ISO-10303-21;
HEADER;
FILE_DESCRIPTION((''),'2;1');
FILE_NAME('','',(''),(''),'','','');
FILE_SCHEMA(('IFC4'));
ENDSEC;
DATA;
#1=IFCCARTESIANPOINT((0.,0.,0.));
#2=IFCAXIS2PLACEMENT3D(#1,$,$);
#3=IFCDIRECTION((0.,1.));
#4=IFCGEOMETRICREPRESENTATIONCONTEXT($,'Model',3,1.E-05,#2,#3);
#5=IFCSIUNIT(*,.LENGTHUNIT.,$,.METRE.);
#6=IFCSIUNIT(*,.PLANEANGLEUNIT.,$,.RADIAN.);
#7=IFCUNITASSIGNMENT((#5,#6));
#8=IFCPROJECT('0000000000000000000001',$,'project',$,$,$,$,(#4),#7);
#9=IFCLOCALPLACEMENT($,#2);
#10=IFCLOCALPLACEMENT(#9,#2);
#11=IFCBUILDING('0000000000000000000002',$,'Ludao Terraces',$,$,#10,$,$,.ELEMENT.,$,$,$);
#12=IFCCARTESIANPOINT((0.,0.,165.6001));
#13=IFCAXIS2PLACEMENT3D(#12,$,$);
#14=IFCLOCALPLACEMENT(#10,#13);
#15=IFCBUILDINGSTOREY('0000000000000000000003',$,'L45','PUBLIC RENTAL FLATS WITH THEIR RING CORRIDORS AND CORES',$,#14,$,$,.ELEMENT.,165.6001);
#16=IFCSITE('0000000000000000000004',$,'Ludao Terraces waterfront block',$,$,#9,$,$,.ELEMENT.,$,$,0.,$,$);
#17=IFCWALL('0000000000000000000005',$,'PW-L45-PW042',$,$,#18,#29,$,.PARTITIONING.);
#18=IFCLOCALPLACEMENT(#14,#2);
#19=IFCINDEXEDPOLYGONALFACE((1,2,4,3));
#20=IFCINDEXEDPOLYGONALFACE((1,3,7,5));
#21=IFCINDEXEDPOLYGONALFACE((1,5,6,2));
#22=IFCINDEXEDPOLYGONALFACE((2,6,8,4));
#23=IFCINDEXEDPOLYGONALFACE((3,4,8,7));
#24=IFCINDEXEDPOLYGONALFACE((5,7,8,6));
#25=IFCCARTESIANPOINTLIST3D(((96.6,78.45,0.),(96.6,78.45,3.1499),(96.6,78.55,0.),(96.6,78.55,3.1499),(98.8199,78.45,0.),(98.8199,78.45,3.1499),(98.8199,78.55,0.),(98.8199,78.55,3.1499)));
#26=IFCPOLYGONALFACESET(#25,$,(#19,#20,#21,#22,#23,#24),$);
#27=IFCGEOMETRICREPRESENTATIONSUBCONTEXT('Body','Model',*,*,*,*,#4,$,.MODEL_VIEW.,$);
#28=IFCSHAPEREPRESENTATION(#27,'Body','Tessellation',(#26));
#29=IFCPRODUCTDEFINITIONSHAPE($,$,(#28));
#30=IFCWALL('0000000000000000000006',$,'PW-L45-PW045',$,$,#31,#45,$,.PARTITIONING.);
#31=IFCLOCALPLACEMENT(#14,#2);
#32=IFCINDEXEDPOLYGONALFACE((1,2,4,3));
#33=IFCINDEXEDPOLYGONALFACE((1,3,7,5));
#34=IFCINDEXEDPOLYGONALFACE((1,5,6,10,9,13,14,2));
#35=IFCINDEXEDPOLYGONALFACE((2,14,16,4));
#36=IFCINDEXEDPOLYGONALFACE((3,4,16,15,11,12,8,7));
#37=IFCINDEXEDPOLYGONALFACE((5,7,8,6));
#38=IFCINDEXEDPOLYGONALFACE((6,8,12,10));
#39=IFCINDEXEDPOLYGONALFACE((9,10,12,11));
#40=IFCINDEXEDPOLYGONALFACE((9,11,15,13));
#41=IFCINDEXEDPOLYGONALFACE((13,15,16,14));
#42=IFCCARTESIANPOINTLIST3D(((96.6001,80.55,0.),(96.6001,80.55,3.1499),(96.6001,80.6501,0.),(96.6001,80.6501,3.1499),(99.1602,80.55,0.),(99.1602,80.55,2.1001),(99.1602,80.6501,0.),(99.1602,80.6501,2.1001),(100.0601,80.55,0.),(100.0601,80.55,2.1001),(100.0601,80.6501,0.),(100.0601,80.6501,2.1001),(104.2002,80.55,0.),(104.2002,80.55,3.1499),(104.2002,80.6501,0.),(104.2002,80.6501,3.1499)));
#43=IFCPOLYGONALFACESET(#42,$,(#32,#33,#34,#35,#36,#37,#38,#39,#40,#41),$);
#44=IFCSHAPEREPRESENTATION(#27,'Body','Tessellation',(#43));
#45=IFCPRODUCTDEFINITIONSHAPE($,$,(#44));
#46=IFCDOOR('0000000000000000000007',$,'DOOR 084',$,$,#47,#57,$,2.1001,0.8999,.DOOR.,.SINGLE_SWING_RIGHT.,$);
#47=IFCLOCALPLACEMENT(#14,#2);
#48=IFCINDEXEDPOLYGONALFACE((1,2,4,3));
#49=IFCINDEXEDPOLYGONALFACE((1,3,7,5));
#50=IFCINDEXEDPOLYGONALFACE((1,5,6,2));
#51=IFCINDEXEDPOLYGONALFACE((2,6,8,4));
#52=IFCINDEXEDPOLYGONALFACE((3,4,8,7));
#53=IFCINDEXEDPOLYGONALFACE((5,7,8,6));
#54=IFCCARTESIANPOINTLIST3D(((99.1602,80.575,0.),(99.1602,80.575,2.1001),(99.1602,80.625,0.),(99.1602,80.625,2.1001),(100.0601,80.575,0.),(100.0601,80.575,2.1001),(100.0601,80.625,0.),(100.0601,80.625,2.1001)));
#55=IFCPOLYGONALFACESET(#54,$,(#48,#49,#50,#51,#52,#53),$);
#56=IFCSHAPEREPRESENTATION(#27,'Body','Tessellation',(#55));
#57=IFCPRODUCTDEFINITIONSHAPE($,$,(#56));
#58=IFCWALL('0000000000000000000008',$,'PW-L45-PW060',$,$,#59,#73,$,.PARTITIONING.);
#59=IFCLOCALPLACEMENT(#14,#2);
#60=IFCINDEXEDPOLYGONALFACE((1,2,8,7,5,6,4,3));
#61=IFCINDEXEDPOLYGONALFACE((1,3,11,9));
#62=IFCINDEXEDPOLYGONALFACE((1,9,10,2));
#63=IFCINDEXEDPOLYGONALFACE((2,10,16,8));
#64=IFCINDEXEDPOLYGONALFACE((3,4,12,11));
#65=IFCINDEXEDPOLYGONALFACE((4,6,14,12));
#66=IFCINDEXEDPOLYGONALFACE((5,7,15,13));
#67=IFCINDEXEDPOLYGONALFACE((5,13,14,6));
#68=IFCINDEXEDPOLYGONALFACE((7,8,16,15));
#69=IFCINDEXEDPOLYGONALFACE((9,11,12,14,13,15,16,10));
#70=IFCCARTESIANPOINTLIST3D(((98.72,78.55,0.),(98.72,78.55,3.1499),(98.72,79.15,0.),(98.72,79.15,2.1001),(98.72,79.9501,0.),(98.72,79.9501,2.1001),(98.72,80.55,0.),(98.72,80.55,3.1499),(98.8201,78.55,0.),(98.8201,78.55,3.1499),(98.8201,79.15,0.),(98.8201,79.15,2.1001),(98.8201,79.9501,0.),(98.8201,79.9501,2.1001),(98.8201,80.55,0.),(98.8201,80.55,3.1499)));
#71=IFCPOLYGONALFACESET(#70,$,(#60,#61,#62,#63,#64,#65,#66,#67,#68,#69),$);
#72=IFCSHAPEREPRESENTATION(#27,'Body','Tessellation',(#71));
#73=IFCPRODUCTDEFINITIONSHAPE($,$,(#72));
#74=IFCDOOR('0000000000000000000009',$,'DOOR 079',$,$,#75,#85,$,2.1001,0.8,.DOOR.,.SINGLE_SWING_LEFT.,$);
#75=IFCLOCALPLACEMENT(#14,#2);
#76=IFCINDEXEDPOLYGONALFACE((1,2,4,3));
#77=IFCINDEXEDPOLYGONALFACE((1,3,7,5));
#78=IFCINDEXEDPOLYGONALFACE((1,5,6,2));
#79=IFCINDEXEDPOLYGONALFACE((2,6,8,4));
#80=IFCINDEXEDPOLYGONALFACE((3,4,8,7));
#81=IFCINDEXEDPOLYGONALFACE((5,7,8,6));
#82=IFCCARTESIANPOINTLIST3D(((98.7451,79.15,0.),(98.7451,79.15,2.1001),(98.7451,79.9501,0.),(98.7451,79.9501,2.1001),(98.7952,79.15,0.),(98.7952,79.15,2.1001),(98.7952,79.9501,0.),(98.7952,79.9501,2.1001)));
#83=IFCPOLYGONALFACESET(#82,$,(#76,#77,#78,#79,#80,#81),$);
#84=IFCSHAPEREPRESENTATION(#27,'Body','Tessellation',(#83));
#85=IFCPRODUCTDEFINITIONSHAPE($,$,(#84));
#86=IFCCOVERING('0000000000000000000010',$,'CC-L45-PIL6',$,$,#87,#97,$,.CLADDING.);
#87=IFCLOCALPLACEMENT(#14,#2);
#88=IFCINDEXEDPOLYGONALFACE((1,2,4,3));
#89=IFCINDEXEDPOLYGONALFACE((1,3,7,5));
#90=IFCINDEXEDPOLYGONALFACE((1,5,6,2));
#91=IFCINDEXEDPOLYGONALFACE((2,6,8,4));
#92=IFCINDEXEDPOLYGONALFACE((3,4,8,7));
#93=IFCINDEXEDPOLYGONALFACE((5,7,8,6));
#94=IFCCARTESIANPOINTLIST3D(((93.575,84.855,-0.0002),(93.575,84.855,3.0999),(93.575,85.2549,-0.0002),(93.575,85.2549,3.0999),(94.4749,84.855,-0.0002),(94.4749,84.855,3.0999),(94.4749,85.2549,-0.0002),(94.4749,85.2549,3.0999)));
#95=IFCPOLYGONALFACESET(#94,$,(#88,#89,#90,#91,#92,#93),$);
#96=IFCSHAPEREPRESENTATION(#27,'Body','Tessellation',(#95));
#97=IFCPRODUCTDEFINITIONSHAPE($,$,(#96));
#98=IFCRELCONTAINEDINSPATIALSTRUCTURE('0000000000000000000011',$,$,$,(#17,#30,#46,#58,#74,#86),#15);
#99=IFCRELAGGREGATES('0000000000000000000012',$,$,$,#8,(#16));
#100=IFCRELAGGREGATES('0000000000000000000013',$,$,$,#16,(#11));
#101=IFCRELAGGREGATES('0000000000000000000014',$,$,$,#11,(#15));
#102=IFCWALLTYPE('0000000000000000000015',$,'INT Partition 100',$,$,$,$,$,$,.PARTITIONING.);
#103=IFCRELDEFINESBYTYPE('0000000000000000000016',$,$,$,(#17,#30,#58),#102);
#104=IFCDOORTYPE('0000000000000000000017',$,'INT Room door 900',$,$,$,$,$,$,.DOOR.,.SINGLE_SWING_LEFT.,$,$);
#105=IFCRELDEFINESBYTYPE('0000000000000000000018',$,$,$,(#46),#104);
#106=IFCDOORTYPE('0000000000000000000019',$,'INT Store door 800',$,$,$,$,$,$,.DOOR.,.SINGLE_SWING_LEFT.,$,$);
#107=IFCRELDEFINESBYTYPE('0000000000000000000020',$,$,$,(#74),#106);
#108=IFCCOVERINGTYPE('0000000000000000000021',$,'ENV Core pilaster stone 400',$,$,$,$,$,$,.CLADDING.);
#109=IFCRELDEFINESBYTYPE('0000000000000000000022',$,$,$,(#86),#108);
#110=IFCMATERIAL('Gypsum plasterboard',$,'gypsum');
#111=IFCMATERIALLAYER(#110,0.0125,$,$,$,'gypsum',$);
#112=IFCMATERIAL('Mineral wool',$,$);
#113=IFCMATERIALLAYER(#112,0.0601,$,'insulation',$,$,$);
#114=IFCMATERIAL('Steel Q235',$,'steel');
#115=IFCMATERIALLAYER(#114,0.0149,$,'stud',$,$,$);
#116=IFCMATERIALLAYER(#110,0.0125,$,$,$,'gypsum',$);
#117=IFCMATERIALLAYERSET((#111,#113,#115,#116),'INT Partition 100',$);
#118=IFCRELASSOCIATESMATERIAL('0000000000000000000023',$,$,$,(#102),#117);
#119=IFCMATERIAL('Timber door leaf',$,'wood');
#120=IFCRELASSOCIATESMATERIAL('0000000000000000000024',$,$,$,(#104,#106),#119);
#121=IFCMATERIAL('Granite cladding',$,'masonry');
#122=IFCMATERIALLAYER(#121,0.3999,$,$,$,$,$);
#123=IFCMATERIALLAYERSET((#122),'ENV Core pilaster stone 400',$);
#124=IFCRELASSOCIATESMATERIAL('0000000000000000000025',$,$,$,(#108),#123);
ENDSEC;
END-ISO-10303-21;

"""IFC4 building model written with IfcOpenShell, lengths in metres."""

from ifc_helpers import new_model, si_unit, direction, frame, frame_2d, origin, origin_2d, place, context, subcontext, project, spatial, rectangle, extrude, material, layer, layer_set, type_object, element, fill, save


model = new_model("IFC4")

# Units and contexts
model_context = context("Model", 3, precision=1e-05, world=origin(), true_north=direction((0.0, 1.0)))
body_context = subcontext(model_context, "Body", "Model", "MODEL_VIEW")
ifc_project = project(units=[si_unit("LENGTHUNIT", "METRE"), si_unit("PLANEANGLEUNIT", "RADIAN")], contexts=[model_context])

# Site, building, storey
site_placement = place(None, origin())
site = spatial("IfcSite", under=ifc_project, at=site_placement, Name="Ludao Terraces waterfront block", CompositionType="ELEMENT", RefElevation=0.0)
building_placement = place(site_placement, origin())
building = spatial("IfcBuilding", under=site, at=building_placement, Name="Ludao Terraces", CompositionType="ELEMENT")
storey_placement = place(building_placement, frame((0.0, 0.0, 165.6001)))
storey = spatial("IfcBuildingStorey", under=building, at=storey_placement, Name="L45", Description="PUBLIC RENTAL FLATS WITH THEIR RING CORRIDORS AND CORES", CompositionType="ELEMENT", Elevation=165.6001)

# Shared definitions
ifc_material_1 = material(Name="Steel Q235", Category="steel")

# Shared definitions
ifc_material_2 = material(Name="Granite cladding", Category="masonry")
ifc_material_3 = material(Name="Mineral wool")

# Wall
ifc_material_4 = material(Name="Gypsum plasterboard", Category="gypsum")
ifc_layer_1 = layer(ifc_material_4, 0.0125, Category="gypsum")
ifc_layer_2 = layer(ifc_material_3, 0.0601, Name="insulation")
ifc_layer_3 = layer(ifc_material_1, 0.0149, Name="stud")
ifc_layer_4 = layer(ifc_material_4, 0.0125, Category="gypsum")
ifc_layer_set_1 = layer_set([ifc_layer_1, ifc_layer_2, ifc_layer_3, ifc_layer_4], Name="INT Partition 100")
wall_type_1 = type_object("IfcWallType", Name="INT Partition 100", PredefinedType="PARTITIONING", material=ifc_layer_set_1)
for number, where, z_axis, x_axis, name in (
    (1, (96.6001, 78.5, 0.0), (0.0, 0.0, 1.0), (1.0, 0.0, 0.0), "PW-L45-PW042"),
):
    element("IfcWall", number, at=place(storey_placement, frame(where, z_axis=z_axis, x_axis=x_axis)), inside=storey, type_object=wall_type_1, Name=name, PredefinedType="PARTITIONING", context=body_context, shape_type="SweptSolid", body=[
        extrude(rectangle(XDim=2.22, YDim=0.1001, at=frame_2d((1.1099, 0.0))), origin(), (0.0, 0.0, 1.0), 3.1499),
    ])

# Walls, openings, doors
wall_1_placement = place(storey_placement, frame((96.6001, 80.6001, 0.0), z_axis=(0.0, 0.0, 1.0), x_axis=(1.0, 0.0, 0.0)))
wall_1 = element("IfcWall", 2, at=wall_1_placement, inside=storey, type_object=wall_type_1, Name="PW-L45-PW045", PredefinedType="PARTITIONING", context=body_context, shape_type="SweptSolid", body=[
    extrude(rectangle(XDim=7.6001, YDim=0.1001, at=frame_2d((3.8, 0.0))), origin(), (0.0, 0.0, 1.0), 3.1499),
])
opening_1_placement = place(wall_1_placement, frame((2.5601, 0.0, 0.0)))
opening_1 = element("IfcOpeningElement", 3, at=opening_1_placement, cuts=wall_1, PredefinedType="OPENING", context=body_context, shape_type="SweptSolid", body=[
    extrude(rectangle(XDim=0.8999, YDim=2.1001, at=frame_2d((0.45, 1.05))), frame((0.0, 0.0601, 0.0), z_axis=(0.0, -1.0, 0.0), x_axis=(1.0, 0.0, 0.0)), (0.0, 0.0, 1.0), 0.1201),
])
ifc_material_5 = material(Name="Timber door leaf", Category="wood")
door_type_1 = type_object("IfcDoorType", Name="INT Room door 900", OperationType="SINGLE_SWING_LEFT", PredefinedType="DOOR", material=ifc_material_5)
door_1_placement = place(opening_1_placement, origin())
door_1 = element("IfcDoor", 4, at=door_1_placement, inside=storey, type_object=door_type_1, Name="DOOR 084", OperationType="SINGLE_SWING_RIGHT", OverallHeight=2.1001, OverallWidth=0.8999, PredefinedType="DOOR", context=body_context, shape_type="SweptSolid", body=[
    extrude(rectangle(XDim=0.8999, YDim=2.1001, at=frame_2d((0.45, 1.05))), frame((0.0, 0.0249, 0.0), z_axis=(0.0, -1.0, 0.0), x_axis=(1.0, 0.0, 0.0)), (0.0, 0.0, 1.0), 0.05),
])
fill(opening_1, door_1)
wall_2_placement = place(storey_placement, frame((98.77, 78.55, 0.0), z_axis=(0.0, 0.0, 1.0), x_axis=(0.0, 1.0, 0.0)))
wall_2 = element("IfcWall", 5, at=wall_2_placement, inside=storey, type_object=wall_type_1, Name="PW-L45-PW060", PredefinedType="PARTITIONING", context=body_context, shape_type="SweptSolid", body=[
    extrude(rectangle(XDim=2.0, YDim=0.1001, at=frame_2d((1.0, 0.0))), origin(), (0.0, 0.0, 1.0), 3.1499),
])
opening_2_placement = place(wall_2_placement, frame((0.6001, 0.0, 0.0)))
opening_2 = element("IfcOpeningElement", 6, at=opening_2_placement, cuts=wall_2, PredefinedType="OPENING", context=body_context, shape_type="SweptSolid", body=[
    extrude(rectangle(XDim=0.8, YDim=2.1001, at=frame_2d((0.3999, 1.05))), frame((0.0, 0.0601, 0.0), z_axis=(0.0, -1.0, 0.0), x_axis=(1.0, 0.0, 0.0)), (0.0, 0.0, 1.0), 0.1201),
])
door_type_2 = type_object("IfcDoorType", Name="INT Store door 800", OperationType="SINGLE_SWING_LEFT", PredefinedType="DOOR", material=ifc_material_5)
door_2_placement = place(opening_2_placement, origin())
door_2 = element("IfcDoor", 7, at=door_2_placement, inside=storey, type_object=door_type_2, Name="DOOR 079", OperationType="SINGLE_SWING_LEFT", OverallHeight=2.1001, OverallWidth=0.8, PredefinedType="DOOR", context=body_context, shape_type="SweptSolid", body=[
    extrude(rectangle(XDim=0.8, YDim=2.1001, at=frame_2d((0.3999, 1.05))), frame((0.0, 0.0249, 0.0), z_axis=(0.0, -1.0, 0.0), x_axis=(1.0, 0.0, 0.0)), (0.0, 0.0, 1.0), 0.05),
])
fill(opening_2, door_2)

# Covering
ifc_layer_5 = layer(ifc_material_2, 0.3999)
ifc_layer_set_2 = layer_set([ifc_layer_5], Name="ENV Core pilaster stone 400")
covering_type = type_object("IfcCoveringType", Name="ENV Core pilaster stone 400", PredefinedType="CLADDING", material=ifc_layer_set_2)
covering_placement = place(storey_placement, frame((94.0249, 85.0549, -0.0002), z_axis=(0.0, 0.0, 1.0), x_axis=(1.0, 0.0, 0.0)))
element("IfcCovering", 8, at=covering_placement, inside=storey, type_object=covering_type, Name="CC-L45-PIL6", PredefinedType="CLADDING", context=body_context, shape_type="SweptSolid", body=[
    extrude(rectangle(XDim=0.8999, YDim=0.3999, at=origin_2d()), origin(), (0.0, 0.0, 1.0), 3.1001),
])

save(model, "model.ifc")
